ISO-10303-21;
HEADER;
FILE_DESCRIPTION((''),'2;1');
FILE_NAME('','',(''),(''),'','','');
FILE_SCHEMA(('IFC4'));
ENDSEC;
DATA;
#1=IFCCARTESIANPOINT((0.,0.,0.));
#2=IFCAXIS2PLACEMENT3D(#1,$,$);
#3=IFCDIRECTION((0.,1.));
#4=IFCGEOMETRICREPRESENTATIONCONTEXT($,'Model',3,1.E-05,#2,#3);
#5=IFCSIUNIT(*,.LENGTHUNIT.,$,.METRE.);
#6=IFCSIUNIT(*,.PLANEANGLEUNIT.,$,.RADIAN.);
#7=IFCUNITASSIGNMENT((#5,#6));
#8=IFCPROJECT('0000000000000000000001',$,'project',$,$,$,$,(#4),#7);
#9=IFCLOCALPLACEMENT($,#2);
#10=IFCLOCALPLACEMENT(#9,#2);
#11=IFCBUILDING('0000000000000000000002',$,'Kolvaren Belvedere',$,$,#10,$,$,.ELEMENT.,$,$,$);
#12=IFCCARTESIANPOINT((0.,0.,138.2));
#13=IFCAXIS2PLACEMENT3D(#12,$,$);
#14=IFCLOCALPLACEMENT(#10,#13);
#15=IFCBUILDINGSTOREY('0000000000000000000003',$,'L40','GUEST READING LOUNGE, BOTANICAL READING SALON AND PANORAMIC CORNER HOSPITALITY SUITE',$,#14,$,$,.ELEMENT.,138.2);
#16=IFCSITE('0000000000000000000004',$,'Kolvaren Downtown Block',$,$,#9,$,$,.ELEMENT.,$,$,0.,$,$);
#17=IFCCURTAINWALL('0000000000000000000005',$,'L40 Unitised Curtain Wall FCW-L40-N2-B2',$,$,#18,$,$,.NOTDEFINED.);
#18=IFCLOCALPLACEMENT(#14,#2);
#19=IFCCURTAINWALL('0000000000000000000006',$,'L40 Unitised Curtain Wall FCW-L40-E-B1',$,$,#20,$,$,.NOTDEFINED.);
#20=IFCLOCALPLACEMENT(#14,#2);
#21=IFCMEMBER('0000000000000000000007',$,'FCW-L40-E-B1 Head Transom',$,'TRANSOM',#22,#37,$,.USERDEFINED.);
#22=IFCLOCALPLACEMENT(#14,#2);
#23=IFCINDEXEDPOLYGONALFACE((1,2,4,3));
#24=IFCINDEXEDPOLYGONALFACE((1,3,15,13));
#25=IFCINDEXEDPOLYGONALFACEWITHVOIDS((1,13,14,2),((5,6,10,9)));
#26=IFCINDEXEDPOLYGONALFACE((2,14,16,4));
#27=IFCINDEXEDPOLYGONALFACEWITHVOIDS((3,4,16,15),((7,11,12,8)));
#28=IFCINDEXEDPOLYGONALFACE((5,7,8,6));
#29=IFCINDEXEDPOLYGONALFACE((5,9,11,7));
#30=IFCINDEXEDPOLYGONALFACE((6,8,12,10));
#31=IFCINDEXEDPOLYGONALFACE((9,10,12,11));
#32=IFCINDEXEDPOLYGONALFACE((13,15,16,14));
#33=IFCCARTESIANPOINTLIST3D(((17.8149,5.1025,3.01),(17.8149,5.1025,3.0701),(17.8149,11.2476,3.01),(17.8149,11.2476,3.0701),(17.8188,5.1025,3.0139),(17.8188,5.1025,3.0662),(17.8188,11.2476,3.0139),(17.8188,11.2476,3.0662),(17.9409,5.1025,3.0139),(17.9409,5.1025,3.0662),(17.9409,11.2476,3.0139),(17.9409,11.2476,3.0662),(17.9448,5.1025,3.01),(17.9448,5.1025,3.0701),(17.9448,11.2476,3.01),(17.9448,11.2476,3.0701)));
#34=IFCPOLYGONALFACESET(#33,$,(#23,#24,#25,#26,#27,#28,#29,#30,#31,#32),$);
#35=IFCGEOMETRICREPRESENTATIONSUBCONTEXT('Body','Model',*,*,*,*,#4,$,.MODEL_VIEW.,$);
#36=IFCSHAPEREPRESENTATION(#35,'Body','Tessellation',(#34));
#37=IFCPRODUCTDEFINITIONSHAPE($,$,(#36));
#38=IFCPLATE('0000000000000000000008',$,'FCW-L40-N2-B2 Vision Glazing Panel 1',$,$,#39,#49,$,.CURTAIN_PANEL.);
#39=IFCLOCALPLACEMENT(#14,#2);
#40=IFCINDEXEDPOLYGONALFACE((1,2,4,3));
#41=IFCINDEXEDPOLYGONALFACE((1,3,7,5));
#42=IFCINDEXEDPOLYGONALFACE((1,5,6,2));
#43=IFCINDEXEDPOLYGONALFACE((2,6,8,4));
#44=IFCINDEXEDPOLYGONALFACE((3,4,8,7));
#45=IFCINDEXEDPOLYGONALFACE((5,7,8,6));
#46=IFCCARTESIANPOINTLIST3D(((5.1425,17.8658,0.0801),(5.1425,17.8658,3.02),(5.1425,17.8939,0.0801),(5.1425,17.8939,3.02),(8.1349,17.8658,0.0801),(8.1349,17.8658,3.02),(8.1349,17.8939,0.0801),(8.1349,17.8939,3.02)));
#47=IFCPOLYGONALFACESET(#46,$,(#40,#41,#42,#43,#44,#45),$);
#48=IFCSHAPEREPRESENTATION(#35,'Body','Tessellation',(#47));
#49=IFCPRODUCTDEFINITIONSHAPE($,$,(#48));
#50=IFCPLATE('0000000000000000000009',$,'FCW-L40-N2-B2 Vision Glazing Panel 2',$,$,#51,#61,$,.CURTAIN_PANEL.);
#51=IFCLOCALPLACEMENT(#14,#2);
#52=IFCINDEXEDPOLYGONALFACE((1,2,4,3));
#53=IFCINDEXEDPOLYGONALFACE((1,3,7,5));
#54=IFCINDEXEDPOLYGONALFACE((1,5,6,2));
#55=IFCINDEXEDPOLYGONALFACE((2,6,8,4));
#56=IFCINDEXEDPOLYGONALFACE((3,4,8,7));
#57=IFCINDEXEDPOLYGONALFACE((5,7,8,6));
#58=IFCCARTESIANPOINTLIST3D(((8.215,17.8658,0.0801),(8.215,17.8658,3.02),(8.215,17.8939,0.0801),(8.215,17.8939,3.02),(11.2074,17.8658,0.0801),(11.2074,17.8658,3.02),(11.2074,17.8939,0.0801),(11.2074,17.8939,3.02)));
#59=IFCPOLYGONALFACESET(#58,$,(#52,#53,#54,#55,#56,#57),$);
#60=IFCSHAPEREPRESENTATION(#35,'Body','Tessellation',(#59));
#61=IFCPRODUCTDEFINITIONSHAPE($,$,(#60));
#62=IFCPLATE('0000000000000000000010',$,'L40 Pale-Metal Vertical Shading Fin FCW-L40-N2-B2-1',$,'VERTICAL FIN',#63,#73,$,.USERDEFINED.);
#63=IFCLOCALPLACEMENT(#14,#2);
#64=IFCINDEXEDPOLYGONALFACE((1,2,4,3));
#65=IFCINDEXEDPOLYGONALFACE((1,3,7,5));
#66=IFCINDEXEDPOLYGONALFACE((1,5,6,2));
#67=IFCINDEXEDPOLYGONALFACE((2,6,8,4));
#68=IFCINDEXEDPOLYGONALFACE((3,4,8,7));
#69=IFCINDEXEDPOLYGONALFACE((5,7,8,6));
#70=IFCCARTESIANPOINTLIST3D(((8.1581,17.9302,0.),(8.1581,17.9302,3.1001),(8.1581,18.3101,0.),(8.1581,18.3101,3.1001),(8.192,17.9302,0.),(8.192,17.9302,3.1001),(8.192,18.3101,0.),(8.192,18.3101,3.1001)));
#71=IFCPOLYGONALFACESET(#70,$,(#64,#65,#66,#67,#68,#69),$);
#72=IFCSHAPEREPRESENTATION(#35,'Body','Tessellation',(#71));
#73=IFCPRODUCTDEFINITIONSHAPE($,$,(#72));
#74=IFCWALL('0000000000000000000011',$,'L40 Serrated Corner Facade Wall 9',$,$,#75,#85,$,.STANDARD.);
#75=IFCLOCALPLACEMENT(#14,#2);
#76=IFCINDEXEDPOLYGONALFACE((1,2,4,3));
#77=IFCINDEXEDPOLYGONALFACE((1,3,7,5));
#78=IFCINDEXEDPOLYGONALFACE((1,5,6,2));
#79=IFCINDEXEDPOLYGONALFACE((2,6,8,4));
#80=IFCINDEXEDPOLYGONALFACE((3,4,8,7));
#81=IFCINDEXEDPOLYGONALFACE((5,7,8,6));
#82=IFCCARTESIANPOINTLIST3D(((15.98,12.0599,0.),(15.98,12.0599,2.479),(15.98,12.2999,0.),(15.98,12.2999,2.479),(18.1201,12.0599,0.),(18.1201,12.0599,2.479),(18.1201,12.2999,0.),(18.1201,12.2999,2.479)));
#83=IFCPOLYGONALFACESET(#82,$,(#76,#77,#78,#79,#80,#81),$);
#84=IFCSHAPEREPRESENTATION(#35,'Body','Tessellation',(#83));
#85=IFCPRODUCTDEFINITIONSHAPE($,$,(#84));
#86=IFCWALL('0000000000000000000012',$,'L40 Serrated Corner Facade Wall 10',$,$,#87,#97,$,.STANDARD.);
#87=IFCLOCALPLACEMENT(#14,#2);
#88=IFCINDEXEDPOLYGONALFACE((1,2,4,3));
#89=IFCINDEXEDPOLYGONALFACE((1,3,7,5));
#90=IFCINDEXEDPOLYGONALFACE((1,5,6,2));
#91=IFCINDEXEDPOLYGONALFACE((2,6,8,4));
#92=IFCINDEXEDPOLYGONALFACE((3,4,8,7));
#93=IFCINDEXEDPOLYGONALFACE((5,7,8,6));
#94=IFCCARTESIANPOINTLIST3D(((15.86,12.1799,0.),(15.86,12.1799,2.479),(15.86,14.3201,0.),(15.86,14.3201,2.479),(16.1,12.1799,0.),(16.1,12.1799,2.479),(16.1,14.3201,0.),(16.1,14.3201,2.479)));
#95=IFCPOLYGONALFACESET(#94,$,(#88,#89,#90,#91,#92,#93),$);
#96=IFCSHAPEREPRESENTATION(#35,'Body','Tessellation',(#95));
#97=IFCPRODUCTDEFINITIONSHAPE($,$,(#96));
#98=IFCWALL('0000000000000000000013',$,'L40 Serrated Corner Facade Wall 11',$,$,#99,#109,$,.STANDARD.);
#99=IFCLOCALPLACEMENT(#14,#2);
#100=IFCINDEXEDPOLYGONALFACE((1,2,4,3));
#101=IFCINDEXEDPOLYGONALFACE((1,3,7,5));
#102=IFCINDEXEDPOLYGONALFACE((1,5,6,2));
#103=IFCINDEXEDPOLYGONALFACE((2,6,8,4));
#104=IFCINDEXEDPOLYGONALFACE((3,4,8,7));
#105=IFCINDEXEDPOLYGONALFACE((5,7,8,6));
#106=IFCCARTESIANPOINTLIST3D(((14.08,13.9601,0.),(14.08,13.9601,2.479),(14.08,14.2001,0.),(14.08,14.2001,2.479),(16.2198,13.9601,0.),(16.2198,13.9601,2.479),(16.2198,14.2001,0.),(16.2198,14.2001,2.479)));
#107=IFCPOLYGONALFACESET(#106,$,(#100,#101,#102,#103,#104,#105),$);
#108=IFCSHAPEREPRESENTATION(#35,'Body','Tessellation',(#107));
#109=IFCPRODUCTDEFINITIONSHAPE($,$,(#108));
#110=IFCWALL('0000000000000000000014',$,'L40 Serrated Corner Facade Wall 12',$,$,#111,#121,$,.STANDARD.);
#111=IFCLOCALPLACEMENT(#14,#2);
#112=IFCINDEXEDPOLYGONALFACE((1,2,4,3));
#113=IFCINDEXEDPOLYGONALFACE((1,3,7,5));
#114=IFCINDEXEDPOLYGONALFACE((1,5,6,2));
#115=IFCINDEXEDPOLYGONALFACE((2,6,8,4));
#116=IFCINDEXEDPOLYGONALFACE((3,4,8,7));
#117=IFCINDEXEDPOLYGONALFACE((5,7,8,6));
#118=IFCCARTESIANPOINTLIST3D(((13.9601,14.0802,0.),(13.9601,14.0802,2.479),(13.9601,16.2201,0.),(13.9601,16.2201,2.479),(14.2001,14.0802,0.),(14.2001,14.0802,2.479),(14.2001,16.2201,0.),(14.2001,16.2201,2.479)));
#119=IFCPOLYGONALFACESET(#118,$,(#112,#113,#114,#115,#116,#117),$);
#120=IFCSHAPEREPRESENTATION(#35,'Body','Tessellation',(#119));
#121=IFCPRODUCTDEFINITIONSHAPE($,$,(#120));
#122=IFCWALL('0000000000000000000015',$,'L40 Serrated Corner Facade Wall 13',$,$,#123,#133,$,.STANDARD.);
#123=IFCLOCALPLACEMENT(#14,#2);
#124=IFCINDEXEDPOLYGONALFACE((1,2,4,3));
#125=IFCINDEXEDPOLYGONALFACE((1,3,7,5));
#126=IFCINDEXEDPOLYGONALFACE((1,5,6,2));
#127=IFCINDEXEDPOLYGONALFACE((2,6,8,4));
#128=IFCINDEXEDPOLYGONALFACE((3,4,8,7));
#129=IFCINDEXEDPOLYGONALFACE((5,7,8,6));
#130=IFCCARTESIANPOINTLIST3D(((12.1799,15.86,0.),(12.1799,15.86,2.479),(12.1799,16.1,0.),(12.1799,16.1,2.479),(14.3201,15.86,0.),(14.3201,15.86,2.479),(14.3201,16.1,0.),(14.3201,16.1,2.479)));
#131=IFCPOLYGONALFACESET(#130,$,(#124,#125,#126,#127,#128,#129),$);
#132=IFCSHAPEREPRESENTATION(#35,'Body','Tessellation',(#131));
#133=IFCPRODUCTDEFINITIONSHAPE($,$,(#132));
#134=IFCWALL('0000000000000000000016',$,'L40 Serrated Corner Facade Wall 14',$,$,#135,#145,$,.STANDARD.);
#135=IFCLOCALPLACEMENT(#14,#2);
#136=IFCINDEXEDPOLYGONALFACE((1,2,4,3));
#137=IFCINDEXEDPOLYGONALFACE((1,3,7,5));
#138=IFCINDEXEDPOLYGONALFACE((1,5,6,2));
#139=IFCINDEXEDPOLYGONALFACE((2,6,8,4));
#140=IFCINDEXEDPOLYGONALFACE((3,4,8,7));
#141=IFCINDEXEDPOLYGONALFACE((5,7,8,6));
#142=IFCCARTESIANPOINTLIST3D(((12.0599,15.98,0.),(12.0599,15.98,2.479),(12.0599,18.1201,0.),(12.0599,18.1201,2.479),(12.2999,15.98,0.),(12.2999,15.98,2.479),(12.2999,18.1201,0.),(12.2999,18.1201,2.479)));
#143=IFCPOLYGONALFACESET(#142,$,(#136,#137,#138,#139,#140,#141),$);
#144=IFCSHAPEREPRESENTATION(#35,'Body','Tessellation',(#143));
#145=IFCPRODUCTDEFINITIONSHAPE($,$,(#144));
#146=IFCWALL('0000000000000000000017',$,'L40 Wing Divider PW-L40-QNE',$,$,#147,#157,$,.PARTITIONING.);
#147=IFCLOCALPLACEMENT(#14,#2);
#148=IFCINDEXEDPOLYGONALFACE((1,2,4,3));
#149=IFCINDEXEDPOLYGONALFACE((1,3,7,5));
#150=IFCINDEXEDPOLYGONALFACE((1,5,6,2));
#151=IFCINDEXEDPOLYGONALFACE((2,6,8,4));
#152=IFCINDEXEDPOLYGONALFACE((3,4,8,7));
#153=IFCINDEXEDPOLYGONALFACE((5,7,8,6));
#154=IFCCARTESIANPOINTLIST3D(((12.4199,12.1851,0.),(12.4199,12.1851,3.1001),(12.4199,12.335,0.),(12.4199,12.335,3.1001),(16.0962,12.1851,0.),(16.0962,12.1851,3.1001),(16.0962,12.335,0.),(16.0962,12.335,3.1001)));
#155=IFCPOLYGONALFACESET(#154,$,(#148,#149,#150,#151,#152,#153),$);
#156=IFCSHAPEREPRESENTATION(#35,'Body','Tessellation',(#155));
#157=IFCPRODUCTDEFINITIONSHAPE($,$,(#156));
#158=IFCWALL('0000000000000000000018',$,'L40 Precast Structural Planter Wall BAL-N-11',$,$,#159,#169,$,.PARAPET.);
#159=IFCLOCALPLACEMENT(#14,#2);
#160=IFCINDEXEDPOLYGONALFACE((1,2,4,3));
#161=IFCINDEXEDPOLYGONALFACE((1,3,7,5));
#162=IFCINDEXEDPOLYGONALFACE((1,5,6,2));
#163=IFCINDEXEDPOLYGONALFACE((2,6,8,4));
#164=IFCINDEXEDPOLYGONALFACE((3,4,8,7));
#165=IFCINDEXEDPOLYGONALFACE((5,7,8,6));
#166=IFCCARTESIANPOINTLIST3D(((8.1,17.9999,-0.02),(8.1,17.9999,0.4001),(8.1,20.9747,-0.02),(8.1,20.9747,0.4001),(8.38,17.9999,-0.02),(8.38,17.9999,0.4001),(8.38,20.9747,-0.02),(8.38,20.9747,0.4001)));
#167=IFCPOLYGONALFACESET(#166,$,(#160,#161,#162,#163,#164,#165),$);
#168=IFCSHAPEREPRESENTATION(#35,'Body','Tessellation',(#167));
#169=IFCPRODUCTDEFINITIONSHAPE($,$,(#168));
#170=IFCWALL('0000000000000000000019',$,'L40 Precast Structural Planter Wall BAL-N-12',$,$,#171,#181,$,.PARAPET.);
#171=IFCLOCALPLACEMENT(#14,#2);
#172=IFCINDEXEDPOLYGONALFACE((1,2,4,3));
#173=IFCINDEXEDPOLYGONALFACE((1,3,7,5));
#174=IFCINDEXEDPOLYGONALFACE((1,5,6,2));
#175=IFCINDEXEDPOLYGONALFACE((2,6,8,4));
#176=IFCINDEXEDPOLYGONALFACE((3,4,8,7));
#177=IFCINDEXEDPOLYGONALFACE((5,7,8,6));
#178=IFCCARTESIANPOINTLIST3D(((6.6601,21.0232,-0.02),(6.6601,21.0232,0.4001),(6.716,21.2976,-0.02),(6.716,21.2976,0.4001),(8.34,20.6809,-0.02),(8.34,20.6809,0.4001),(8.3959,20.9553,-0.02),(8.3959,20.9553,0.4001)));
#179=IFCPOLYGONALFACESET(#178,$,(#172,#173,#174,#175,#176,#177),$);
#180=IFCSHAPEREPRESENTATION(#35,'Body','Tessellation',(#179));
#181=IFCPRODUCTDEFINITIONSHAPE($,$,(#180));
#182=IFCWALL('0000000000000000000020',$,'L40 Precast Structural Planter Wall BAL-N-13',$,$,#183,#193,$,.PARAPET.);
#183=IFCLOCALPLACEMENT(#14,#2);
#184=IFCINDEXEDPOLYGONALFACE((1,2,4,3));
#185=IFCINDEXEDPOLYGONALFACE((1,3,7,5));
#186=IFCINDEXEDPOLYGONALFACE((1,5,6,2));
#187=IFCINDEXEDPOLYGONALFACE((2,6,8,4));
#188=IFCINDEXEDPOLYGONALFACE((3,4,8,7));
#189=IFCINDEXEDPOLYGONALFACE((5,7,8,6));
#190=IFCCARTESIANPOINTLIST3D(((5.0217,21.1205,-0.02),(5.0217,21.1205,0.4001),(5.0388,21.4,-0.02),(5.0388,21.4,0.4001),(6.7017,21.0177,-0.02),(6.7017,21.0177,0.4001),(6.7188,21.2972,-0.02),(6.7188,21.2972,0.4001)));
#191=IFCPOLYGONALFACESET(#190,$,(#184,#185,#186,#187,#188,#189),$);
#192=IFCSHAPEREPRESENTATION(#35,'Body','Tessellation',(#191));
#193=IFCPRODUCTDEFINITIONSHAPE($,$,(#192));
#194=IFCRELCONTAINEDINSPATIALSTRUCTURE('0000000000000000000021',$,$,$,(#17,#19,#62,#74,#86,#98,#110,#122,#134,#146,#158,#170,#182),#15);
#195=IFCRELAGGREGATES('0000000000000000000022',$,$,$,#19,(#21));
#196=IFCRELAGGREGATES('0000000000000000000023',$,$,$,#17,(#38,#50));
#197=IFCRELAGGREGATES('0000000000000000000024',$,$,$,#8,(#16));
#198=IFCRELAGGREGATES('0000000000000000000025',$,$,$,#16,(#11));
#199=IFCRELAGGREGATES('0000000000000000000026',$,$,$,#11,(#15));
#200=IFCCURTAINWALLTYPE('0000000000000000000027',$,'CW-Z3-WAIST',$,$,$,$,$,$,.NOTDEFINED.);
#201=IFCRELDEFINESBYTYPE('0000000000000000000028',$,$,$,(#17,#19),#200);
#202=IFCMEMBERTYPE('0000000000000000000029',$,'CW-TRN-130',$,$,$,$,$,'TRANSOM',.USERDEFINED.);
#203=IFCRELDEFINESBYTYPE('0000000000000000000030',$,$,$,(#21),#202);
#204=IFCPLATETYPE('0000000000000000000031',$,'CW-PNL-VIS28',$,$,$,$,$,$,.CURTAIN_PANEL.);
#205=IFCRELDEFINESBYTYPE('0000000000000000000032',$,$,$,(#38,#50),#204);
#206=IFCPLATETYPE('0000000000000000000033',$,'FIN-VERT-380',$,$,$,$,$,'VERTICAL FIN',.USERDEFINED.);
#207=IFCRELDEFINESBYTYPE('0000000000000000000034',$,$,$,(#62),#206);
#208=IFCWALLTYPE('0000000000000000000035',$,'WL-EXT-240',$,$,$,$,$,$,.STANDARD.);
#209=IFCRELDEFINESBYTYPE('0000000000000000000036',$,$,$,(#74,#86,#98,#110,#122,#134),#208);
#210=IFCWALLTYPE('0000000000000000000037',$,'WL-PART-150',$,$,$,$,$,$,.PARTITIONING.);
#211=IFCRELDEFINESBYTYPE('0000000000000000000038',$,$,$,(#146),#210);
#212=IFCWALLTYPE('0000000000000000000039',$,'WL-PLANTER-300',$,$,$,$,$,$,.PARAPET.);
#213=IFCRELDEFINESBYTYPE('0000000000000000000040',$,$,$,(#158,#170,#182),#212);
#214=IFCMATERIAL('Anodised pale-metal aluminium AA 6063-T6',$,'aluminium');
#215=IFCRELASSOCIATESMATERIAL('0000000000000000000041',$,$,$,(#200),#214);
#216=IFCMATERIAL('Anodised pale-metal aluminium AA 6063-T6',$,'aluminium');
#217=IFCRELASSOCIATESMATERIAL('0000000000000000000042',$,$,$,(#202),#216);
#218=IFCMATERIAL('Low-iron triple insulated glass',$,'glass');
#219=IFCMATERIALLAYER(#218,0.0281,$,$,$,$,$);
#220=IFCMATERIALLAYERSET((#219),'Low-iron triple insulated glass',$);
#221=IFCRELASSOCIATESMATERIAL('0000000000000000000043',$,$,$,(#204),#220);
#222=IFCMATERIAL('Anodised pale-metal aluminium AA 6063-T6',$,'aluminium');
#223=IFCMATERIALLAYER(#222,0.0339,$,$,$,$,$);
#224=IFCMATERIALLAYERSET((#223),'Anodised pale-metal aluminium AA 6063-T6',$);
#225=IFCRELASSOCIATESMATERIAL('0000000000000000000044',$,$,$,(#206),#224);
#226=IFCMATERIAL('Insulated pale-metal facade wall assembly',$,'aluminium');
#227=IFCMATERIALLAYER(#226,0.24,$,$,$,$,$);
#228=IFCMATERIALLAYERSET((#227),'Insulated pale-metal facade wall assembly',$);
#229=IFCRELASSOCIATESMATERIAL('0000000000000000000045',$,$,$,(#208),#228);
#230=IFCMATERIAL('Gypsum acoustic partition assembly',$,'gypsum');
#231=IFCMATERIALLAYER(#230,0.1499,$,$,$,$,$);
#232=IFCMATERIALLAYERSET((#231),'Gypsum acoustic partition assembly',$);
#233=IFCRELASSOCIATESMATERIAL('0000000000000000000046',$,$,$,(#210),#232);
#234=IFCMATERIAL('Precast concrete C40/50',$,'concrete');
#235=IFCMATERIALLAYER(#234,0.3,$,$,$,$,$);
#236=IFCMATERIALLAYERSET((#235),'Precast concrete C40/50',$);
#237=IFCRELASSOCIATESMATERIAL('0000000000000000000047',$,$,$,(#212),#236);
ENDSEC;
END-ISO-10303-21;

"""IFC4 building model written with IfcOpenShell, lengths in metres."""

from ifc_helpers import new_model, si_unit, direction, frame, frame_2d, origin, origin_2d, place, context, subcontext, project, spatial, rectangle, hollow_rectangle, extrude, material, layer, layer_set, material_profile, profile_set, type_object, element, aggregate, save


model = new_model("IFC4")

# Units and contexts
model_context = context("Model", 3, precision=1e-05, world=origin(), true_north=direction((0.0, 1.0)))
body_context = subcontext(model_context, "Body", "Model", "MODEL_VIEW")
ifc_project = project(units=[si_unit("LENGTHUNIT", "METRE"), si_unit("PLANEANGLEUNIT", "RADIAN")], contexts=[model_context])

# Site, building, storey
site_placement = place(None, origin())
site = spatial("IfcSite", under=ifc_project, at=site_placement, Name="Kolvaren Downtown Block", CompositionType="ELEMENT", RefElevation=0.0)
building_placement = place(site_placement, origin())
building = spatial("IfcBuilding", under=site, at=building_placement, Name="Kolvaren Belvedere", CompositionType="ELEMENT")
storey_placement = place(building_placement, frame((0.0, 0.0, 138.2)))
storey = spatial("IfcBuildingStorey", under=building, at=storey_placement, Name="L40", Description="GUEST READING LOUNGE, BOTANICAL READING SALON AND PANORAMIC CORNER HOSPITALITY SUITE", CompositionType="ELEMENT", Elevation=138.2)

# Curtain walls, member
ifc_material_1 = material(Name="Anodised pale-metal aluminium AA 6063-T6", Category="aluminium")
curtain_wall_type = type_object("IfcCurtainWallType", Name="CW-Z3-WAIST", PredefinedType="NOTDEFINED", material=ifc_material_1)
curtain_wall_1_placement = place(storey_placement, origin())
curtain_wall_1 = element("IfcCurtainWall", 1, at=curtain_wall_1_placement, inside=storey, type_object=curtain_wall_type, Name="L40 Unitised Curtain Wall FCW-L40-N2-B2", PredefinedType="NOTDEFINED")
curtain_wall_2_placement = place(storey_placement, origin())
curtain_wall_2 = element("IfcCurtainWall", 2, at=curtain_wall_2_placement, inside=storey, type_object=curtain_wall_type, Name="L40 Unitised Curtain Wall FCW-L40-E-B1", PredefinedType="NOTDEFINED")
ifc_material_2 = material(Name="Anodised pale-metal aluminium AA 6063-T6", Category="aluminium")
ifc_material_profile_1 = material_profile(ifc_material_2, hollow_rectangle(XDim=0.0601, YDim=0.1299, WallThickness=0.0039, at=origin_2d()), Name="ALU-TRN-130X60")
ifc_profile_set_1 = profile_set([ifc_material_profile_1], Name="Anodised pale-metal aluminium AA 6063-T6")
member_type_1 = type_object("IfcMemberType", Name="CW-TRN-130", ElementType="TRANSOM", PredefinedType="USERDEFINED", material=ifc_profile_set_1)
member_1_placement = place(storey_placement, frame((17.8799, 11.2476, 3.04), z_axis=(0.0, -1.0, 0.0), x_axis=(0.0, 0.0, 1.0)))
member_1 = element("IfcMember", 3, at=member_1_placement, type_object=member_type_1, Name="FCW-L40-E-B1 Head Transom", ObjectType="TRANSOM", PredefinedType="USERDEFINED", context=body_context, shape_type="SweptSolid", body=[
    extrude(hollow_rectangle(XDim=0.0601, YDim=0.1299, WallThickness=0.0039, at=origin_2d()), origin(), (0.0, 0.0, 1.0), 6.145),
])
aggregate(curtain_wall_2, [member_1])

# Plates
ifc_material_3 = material(Name="Low-iron triple insulated glass", Category="glass")
ifc_layer_1 = layer(ifc_material_3, 0.0281)
ifc_layer_set_1 = layer_set([ifc_layer_1], Name="Low-iron triple insulated glass")
plate_type_1 = type_object("IfcPlateType", Name="CW-PNL-VIS28", PredefinedType="CURTAIN_PANEL", material=ifc_layer_set_1)
plate_1_placement = place(storey_placement, frame((6.6387, 17.8799, 0.0801), z_axis=(0.0, 0.0, 1.0), x_axis=(1.0, 0.0, 0.0)))
plate_1 = element("IfcPlate", 4, at=plate_1_placement, type_object=plate_type_1, Name="FCW-L40-N2-B2 Vision Glazing Panel 1", PredefinedType="CURTAIN_PANEL", context=body_context, shape_type="SweptSolid", body=[
    extrude(rectangle(XDim=2.9924, YDim=0.0281, at=origin_2d()), origin(), (0.0, 0.0, 1.0), 2.9399),
])
plate_2_placement = place(storey_placement, frame((9.7112, 17.8799, 0.0801), z_axis=(0.0, 0.0, 1.0), x_axis=(1.0, 0.0, 0.0)))
plate_2 = element("IfcPlate", 5, at=plate_2_placement, type_object=plate_type_1, Name="FCW-L40-N2-B2 Vision Glazing Panel 2", PredefinedType="CURTAIN_PANEL", context=body_context, shape_type="SweptSolid", body=[
    extrude(rectangle(XDim=2.9924, YDim=0.0281, at=origin_2d()), origin(), (0.0, 0.0, 1.0), 2.9399),
])
aggregate(curtain_wall_1, [plate_1, plate_2])
ifc_material_4 = material(Name="Anodised pale-metal aluminium AA 6063-T6", Category="aluminium")
ifc_layer_2 = layer(ifc_material_4, 0.0339)
ifc_layer_set_2 = layer_set([ifc_layer_2], Name="Anodised pale-metal aluminium AA 6063-T6")
plate_type_2 = type_object("IfcPlateType", Name="FIN-VERT-380", ElementType="VERTICAL FIN", PredefinedType="USERDEFINED", material=ifc_layer_set_2)
plate_3_placement = place(storey_placement, frame((8.175, 18.1201, 0.0), z_axis=(0.0, 0.0, 1.0), x_axis=(0.0, 1.0, 0.0)))
element("IfcPlate", 6, at=plate_3_placement, inside=storey, type_object=plate_type_2, Name="L40 Pale-Metal Vertical Shading Fin FCW-L40-N2-B2-1", ObjectType="VERTICAL FIN", PredefinedType="USERDEFINED", context=body_context, shape_type="SweptSolid", body=[
    extrude(rectangle(XDim=0.3799, YDim=0.0339, at=origin_2d()), origin(), (0.0, 0.0, 1.0), 3.1001),
])

# Walls
ifc_material_5 = material(Name="Insulated pale-metal facade wall assembly", Category="aluminium")
ifc_layer_3 = layer(ifc_material_5, 0.24)
ifc_layer_set_3 = layer_set([ifc_layer_3], Name="Insulated pale-metal facade wall assembly")
wall_type_1 = type_object("IfcWallType", Name="WL-EXT-240", PredefinedType="STANDARD", material=ifc_layer_set_3)
for number, where, z_axis, x_axis, name in (
    (7, (15.98, 12.1799, 0.0), (0.0, 0.0, 1.0), (1.0, 0.0, 0.0), "L40 Serrated Corner Facade Wall 9"),
    (8, (15.98, 14.3201, 0.0), (0.0, 0.0, 1.0), (0.0, -1.0, 0.0), "L40 Serrated Corner Facade Wall 10"),
):
    element("IfcWall", number, at=place(storey_placement, frame(where, z_axis=z_axis, x_axis=x_axis)), inside=storey, type_object=wall_type_1, Name=name, PredefinedType="STANDARD", context=body_context, shape_type="SweptSolid", body=[
        extrude(rectangle(XDim=2.1401, YDim=0.24, at=frame_2d((1.0701, 0.0))), origin(), (0.0, 0.0, 1.0), 2.479),
    ])
for number, where, z_axis, x_axis, name in (
    (9, (14.0801, 14.0801, 0.0), (0.0, 0.0, 1.0), (1.0, 0.0, 0.0), "L40 Serrated Corner Facade Wall 11"),
    (10, (14.0801, 16.22, 0.0), (0.0, 0.0, 1.0), (0.0, -1.0, 0.0), "L40 Serrated Corner Facade Wall 12"),
):
    element("IfcWall", number, at=place(storey_placement, frame(where, z_axis=z_axis, x_axis=x_axis)), inside=storey, type_object=wall_type_1, Name=name, PredefinedType="STANDARD", context=body_context, shape_type="SweptSolid", body=[
        extrude(rectangle(XDim=2.1399, YDim=0.24, at=frame_2d((1.0698, 0.0))), origin(), (0.0, 0.0, 1.0), 2.479),
    ])
for number, where, z_axis, x_axis, name in (
    (11, (12.1799, 15.98, 0.0), (0.0, 0.0, 1.0), (1.0, 0.0, 0.0), "L40 Serrated Corner Facade Wall 13"),
    (12, (12.1799, 18.1201, 0.0), (0.0, 0.0, 1.0), (0.0, -1.0, 0.0), "L40 Serrated Corner Facade Wall 14"),
):
    element("IfcWall", number, at=place(storey_placement, frame(where, z_axis=z_axis, x_axis=x_axis)), inside=storey, type_object=wall_type_1, Name=name, PredefinedType="STANDARD", context=body_context, shape_type="SweptSolid", body=[
        extrude(rectangle(XDim=2.1401, YDim=0.24, at=frame_2d((1.0701, 0.0))), origin(), (0.0, 0.0, 1.0), 2.479),
    ])
ifc_material_6 = material(Name="Gypsum acoustic partition assembly", Category="gypsum")
ifc_layer_4 = layer(ifc_material_6, 0.1499)
ifc_layer_set_4 = layer_set([ifc_layer_4], Name="Gypsum acoustic partition assembly")
wall_type_2 = type_object("IfcWallType", Name="WL-PART-150", PredefinedType="PARTITIONING", material=ifc_layer_set_4)
wall_1_placement = place(storey_placement, frame((12.4199, 12.26, 0.0), z_axis=(0.0, 0.0, 1.0), x_axis=(1.0, 0.0, 0.0)))
element("IfcWall", 13, at=wall_1_placement, inside=storey, type_object=wall_type_2, Name="L40 Wing Divider PW-L40-QNE", PredefinedType="PARTITIONING", context=body_context, shape_type="SweptSolid", body=[
    extrude(rectangle(XDim=3.6763, YDim=0.1499, at=frame_2d((1.8381, 0.0))), origin(), (0.0, 0.0, 1.0), 3.1001),
])
ifc_material_7 = material(Name="Precast concrete C40/50", Category="concrete")
ifc_layer_5 = layer(ifc_material_7, 0.3)
ifc_layer_set_5 = layer_set([ifc_layer_5], Name="Precast concrete C40/50")
wall_type_3 = type_object("IfcWallType", Name="WL-PLANTER-300", PredefinedType="PARAPET", material=ifc_layer_set_5)
wall_2_placement = place(storey_placement, frame((8.24, 18.0, -0.02), z_axis=(0.0, 0.0, 1.0), x_axis=(0.0, 1.0, 0.0)))
element("IfcWall", 14, at=wall_2_placement, inside=storey, type_object=wall_type_3, Name="L40 Precast Structural Planter Wall BAL-N-11", PredefinedType="PARAPET", context=body_context, shape_type="SweptSolid", body=[
    extrude(rectangle(XDim=2.9749, YDim=0.28, at=frame_2d((1.4873, 0.0))), origin(), (0.0, 0.0, 1.0), 0.4202),
])
wall_3_placement = place(storey_placement, frame((8.3679, 20.8181, -0.02), z_axis=(0.0, 0.0, 1.0), x_axis=(-0.979868, 0.199648, 0.0)))
element("IfcWall", 15, at=wall_3_placement, inside=storey, type_object=wall_type_3, Name="L40 Precast Structural Planter Wall BAL-N-12", PredefinedType="PARAPET", context=body_context, shape_type="SweptSolid", body=[
    extrude(rectangle(XDim=1.7144, YDim=0.28, at=frame_2d((0.8572, 0.0))), origin(), (0.0, 0.0, 1.0), 0.4202),
])
wall_4_placement = place(storey_placement, frame((6.7102, 21.1575, -0.02), z_axis=(0.0, 0.0, 1.0), x_axis=(-0.998134, 0.061069, 0.0)))
element("IfcWall", 16, at=wall_4_placement, inside=storey, type_object=wall_type_3, Name="L40 Precast Structural Planter Wall BAL-N-13", PredefinedType="PARAPET", context=body_context, shape_type="SweptSolid", body=[
    extrude(rectangle(XDim=1.6831, YDim=0.28, at=frame_2d((0.8416, 0.0))), origin(), (0.0, 0.0, 1.0), 0.4202),
])

save(model, "model.ifc")
